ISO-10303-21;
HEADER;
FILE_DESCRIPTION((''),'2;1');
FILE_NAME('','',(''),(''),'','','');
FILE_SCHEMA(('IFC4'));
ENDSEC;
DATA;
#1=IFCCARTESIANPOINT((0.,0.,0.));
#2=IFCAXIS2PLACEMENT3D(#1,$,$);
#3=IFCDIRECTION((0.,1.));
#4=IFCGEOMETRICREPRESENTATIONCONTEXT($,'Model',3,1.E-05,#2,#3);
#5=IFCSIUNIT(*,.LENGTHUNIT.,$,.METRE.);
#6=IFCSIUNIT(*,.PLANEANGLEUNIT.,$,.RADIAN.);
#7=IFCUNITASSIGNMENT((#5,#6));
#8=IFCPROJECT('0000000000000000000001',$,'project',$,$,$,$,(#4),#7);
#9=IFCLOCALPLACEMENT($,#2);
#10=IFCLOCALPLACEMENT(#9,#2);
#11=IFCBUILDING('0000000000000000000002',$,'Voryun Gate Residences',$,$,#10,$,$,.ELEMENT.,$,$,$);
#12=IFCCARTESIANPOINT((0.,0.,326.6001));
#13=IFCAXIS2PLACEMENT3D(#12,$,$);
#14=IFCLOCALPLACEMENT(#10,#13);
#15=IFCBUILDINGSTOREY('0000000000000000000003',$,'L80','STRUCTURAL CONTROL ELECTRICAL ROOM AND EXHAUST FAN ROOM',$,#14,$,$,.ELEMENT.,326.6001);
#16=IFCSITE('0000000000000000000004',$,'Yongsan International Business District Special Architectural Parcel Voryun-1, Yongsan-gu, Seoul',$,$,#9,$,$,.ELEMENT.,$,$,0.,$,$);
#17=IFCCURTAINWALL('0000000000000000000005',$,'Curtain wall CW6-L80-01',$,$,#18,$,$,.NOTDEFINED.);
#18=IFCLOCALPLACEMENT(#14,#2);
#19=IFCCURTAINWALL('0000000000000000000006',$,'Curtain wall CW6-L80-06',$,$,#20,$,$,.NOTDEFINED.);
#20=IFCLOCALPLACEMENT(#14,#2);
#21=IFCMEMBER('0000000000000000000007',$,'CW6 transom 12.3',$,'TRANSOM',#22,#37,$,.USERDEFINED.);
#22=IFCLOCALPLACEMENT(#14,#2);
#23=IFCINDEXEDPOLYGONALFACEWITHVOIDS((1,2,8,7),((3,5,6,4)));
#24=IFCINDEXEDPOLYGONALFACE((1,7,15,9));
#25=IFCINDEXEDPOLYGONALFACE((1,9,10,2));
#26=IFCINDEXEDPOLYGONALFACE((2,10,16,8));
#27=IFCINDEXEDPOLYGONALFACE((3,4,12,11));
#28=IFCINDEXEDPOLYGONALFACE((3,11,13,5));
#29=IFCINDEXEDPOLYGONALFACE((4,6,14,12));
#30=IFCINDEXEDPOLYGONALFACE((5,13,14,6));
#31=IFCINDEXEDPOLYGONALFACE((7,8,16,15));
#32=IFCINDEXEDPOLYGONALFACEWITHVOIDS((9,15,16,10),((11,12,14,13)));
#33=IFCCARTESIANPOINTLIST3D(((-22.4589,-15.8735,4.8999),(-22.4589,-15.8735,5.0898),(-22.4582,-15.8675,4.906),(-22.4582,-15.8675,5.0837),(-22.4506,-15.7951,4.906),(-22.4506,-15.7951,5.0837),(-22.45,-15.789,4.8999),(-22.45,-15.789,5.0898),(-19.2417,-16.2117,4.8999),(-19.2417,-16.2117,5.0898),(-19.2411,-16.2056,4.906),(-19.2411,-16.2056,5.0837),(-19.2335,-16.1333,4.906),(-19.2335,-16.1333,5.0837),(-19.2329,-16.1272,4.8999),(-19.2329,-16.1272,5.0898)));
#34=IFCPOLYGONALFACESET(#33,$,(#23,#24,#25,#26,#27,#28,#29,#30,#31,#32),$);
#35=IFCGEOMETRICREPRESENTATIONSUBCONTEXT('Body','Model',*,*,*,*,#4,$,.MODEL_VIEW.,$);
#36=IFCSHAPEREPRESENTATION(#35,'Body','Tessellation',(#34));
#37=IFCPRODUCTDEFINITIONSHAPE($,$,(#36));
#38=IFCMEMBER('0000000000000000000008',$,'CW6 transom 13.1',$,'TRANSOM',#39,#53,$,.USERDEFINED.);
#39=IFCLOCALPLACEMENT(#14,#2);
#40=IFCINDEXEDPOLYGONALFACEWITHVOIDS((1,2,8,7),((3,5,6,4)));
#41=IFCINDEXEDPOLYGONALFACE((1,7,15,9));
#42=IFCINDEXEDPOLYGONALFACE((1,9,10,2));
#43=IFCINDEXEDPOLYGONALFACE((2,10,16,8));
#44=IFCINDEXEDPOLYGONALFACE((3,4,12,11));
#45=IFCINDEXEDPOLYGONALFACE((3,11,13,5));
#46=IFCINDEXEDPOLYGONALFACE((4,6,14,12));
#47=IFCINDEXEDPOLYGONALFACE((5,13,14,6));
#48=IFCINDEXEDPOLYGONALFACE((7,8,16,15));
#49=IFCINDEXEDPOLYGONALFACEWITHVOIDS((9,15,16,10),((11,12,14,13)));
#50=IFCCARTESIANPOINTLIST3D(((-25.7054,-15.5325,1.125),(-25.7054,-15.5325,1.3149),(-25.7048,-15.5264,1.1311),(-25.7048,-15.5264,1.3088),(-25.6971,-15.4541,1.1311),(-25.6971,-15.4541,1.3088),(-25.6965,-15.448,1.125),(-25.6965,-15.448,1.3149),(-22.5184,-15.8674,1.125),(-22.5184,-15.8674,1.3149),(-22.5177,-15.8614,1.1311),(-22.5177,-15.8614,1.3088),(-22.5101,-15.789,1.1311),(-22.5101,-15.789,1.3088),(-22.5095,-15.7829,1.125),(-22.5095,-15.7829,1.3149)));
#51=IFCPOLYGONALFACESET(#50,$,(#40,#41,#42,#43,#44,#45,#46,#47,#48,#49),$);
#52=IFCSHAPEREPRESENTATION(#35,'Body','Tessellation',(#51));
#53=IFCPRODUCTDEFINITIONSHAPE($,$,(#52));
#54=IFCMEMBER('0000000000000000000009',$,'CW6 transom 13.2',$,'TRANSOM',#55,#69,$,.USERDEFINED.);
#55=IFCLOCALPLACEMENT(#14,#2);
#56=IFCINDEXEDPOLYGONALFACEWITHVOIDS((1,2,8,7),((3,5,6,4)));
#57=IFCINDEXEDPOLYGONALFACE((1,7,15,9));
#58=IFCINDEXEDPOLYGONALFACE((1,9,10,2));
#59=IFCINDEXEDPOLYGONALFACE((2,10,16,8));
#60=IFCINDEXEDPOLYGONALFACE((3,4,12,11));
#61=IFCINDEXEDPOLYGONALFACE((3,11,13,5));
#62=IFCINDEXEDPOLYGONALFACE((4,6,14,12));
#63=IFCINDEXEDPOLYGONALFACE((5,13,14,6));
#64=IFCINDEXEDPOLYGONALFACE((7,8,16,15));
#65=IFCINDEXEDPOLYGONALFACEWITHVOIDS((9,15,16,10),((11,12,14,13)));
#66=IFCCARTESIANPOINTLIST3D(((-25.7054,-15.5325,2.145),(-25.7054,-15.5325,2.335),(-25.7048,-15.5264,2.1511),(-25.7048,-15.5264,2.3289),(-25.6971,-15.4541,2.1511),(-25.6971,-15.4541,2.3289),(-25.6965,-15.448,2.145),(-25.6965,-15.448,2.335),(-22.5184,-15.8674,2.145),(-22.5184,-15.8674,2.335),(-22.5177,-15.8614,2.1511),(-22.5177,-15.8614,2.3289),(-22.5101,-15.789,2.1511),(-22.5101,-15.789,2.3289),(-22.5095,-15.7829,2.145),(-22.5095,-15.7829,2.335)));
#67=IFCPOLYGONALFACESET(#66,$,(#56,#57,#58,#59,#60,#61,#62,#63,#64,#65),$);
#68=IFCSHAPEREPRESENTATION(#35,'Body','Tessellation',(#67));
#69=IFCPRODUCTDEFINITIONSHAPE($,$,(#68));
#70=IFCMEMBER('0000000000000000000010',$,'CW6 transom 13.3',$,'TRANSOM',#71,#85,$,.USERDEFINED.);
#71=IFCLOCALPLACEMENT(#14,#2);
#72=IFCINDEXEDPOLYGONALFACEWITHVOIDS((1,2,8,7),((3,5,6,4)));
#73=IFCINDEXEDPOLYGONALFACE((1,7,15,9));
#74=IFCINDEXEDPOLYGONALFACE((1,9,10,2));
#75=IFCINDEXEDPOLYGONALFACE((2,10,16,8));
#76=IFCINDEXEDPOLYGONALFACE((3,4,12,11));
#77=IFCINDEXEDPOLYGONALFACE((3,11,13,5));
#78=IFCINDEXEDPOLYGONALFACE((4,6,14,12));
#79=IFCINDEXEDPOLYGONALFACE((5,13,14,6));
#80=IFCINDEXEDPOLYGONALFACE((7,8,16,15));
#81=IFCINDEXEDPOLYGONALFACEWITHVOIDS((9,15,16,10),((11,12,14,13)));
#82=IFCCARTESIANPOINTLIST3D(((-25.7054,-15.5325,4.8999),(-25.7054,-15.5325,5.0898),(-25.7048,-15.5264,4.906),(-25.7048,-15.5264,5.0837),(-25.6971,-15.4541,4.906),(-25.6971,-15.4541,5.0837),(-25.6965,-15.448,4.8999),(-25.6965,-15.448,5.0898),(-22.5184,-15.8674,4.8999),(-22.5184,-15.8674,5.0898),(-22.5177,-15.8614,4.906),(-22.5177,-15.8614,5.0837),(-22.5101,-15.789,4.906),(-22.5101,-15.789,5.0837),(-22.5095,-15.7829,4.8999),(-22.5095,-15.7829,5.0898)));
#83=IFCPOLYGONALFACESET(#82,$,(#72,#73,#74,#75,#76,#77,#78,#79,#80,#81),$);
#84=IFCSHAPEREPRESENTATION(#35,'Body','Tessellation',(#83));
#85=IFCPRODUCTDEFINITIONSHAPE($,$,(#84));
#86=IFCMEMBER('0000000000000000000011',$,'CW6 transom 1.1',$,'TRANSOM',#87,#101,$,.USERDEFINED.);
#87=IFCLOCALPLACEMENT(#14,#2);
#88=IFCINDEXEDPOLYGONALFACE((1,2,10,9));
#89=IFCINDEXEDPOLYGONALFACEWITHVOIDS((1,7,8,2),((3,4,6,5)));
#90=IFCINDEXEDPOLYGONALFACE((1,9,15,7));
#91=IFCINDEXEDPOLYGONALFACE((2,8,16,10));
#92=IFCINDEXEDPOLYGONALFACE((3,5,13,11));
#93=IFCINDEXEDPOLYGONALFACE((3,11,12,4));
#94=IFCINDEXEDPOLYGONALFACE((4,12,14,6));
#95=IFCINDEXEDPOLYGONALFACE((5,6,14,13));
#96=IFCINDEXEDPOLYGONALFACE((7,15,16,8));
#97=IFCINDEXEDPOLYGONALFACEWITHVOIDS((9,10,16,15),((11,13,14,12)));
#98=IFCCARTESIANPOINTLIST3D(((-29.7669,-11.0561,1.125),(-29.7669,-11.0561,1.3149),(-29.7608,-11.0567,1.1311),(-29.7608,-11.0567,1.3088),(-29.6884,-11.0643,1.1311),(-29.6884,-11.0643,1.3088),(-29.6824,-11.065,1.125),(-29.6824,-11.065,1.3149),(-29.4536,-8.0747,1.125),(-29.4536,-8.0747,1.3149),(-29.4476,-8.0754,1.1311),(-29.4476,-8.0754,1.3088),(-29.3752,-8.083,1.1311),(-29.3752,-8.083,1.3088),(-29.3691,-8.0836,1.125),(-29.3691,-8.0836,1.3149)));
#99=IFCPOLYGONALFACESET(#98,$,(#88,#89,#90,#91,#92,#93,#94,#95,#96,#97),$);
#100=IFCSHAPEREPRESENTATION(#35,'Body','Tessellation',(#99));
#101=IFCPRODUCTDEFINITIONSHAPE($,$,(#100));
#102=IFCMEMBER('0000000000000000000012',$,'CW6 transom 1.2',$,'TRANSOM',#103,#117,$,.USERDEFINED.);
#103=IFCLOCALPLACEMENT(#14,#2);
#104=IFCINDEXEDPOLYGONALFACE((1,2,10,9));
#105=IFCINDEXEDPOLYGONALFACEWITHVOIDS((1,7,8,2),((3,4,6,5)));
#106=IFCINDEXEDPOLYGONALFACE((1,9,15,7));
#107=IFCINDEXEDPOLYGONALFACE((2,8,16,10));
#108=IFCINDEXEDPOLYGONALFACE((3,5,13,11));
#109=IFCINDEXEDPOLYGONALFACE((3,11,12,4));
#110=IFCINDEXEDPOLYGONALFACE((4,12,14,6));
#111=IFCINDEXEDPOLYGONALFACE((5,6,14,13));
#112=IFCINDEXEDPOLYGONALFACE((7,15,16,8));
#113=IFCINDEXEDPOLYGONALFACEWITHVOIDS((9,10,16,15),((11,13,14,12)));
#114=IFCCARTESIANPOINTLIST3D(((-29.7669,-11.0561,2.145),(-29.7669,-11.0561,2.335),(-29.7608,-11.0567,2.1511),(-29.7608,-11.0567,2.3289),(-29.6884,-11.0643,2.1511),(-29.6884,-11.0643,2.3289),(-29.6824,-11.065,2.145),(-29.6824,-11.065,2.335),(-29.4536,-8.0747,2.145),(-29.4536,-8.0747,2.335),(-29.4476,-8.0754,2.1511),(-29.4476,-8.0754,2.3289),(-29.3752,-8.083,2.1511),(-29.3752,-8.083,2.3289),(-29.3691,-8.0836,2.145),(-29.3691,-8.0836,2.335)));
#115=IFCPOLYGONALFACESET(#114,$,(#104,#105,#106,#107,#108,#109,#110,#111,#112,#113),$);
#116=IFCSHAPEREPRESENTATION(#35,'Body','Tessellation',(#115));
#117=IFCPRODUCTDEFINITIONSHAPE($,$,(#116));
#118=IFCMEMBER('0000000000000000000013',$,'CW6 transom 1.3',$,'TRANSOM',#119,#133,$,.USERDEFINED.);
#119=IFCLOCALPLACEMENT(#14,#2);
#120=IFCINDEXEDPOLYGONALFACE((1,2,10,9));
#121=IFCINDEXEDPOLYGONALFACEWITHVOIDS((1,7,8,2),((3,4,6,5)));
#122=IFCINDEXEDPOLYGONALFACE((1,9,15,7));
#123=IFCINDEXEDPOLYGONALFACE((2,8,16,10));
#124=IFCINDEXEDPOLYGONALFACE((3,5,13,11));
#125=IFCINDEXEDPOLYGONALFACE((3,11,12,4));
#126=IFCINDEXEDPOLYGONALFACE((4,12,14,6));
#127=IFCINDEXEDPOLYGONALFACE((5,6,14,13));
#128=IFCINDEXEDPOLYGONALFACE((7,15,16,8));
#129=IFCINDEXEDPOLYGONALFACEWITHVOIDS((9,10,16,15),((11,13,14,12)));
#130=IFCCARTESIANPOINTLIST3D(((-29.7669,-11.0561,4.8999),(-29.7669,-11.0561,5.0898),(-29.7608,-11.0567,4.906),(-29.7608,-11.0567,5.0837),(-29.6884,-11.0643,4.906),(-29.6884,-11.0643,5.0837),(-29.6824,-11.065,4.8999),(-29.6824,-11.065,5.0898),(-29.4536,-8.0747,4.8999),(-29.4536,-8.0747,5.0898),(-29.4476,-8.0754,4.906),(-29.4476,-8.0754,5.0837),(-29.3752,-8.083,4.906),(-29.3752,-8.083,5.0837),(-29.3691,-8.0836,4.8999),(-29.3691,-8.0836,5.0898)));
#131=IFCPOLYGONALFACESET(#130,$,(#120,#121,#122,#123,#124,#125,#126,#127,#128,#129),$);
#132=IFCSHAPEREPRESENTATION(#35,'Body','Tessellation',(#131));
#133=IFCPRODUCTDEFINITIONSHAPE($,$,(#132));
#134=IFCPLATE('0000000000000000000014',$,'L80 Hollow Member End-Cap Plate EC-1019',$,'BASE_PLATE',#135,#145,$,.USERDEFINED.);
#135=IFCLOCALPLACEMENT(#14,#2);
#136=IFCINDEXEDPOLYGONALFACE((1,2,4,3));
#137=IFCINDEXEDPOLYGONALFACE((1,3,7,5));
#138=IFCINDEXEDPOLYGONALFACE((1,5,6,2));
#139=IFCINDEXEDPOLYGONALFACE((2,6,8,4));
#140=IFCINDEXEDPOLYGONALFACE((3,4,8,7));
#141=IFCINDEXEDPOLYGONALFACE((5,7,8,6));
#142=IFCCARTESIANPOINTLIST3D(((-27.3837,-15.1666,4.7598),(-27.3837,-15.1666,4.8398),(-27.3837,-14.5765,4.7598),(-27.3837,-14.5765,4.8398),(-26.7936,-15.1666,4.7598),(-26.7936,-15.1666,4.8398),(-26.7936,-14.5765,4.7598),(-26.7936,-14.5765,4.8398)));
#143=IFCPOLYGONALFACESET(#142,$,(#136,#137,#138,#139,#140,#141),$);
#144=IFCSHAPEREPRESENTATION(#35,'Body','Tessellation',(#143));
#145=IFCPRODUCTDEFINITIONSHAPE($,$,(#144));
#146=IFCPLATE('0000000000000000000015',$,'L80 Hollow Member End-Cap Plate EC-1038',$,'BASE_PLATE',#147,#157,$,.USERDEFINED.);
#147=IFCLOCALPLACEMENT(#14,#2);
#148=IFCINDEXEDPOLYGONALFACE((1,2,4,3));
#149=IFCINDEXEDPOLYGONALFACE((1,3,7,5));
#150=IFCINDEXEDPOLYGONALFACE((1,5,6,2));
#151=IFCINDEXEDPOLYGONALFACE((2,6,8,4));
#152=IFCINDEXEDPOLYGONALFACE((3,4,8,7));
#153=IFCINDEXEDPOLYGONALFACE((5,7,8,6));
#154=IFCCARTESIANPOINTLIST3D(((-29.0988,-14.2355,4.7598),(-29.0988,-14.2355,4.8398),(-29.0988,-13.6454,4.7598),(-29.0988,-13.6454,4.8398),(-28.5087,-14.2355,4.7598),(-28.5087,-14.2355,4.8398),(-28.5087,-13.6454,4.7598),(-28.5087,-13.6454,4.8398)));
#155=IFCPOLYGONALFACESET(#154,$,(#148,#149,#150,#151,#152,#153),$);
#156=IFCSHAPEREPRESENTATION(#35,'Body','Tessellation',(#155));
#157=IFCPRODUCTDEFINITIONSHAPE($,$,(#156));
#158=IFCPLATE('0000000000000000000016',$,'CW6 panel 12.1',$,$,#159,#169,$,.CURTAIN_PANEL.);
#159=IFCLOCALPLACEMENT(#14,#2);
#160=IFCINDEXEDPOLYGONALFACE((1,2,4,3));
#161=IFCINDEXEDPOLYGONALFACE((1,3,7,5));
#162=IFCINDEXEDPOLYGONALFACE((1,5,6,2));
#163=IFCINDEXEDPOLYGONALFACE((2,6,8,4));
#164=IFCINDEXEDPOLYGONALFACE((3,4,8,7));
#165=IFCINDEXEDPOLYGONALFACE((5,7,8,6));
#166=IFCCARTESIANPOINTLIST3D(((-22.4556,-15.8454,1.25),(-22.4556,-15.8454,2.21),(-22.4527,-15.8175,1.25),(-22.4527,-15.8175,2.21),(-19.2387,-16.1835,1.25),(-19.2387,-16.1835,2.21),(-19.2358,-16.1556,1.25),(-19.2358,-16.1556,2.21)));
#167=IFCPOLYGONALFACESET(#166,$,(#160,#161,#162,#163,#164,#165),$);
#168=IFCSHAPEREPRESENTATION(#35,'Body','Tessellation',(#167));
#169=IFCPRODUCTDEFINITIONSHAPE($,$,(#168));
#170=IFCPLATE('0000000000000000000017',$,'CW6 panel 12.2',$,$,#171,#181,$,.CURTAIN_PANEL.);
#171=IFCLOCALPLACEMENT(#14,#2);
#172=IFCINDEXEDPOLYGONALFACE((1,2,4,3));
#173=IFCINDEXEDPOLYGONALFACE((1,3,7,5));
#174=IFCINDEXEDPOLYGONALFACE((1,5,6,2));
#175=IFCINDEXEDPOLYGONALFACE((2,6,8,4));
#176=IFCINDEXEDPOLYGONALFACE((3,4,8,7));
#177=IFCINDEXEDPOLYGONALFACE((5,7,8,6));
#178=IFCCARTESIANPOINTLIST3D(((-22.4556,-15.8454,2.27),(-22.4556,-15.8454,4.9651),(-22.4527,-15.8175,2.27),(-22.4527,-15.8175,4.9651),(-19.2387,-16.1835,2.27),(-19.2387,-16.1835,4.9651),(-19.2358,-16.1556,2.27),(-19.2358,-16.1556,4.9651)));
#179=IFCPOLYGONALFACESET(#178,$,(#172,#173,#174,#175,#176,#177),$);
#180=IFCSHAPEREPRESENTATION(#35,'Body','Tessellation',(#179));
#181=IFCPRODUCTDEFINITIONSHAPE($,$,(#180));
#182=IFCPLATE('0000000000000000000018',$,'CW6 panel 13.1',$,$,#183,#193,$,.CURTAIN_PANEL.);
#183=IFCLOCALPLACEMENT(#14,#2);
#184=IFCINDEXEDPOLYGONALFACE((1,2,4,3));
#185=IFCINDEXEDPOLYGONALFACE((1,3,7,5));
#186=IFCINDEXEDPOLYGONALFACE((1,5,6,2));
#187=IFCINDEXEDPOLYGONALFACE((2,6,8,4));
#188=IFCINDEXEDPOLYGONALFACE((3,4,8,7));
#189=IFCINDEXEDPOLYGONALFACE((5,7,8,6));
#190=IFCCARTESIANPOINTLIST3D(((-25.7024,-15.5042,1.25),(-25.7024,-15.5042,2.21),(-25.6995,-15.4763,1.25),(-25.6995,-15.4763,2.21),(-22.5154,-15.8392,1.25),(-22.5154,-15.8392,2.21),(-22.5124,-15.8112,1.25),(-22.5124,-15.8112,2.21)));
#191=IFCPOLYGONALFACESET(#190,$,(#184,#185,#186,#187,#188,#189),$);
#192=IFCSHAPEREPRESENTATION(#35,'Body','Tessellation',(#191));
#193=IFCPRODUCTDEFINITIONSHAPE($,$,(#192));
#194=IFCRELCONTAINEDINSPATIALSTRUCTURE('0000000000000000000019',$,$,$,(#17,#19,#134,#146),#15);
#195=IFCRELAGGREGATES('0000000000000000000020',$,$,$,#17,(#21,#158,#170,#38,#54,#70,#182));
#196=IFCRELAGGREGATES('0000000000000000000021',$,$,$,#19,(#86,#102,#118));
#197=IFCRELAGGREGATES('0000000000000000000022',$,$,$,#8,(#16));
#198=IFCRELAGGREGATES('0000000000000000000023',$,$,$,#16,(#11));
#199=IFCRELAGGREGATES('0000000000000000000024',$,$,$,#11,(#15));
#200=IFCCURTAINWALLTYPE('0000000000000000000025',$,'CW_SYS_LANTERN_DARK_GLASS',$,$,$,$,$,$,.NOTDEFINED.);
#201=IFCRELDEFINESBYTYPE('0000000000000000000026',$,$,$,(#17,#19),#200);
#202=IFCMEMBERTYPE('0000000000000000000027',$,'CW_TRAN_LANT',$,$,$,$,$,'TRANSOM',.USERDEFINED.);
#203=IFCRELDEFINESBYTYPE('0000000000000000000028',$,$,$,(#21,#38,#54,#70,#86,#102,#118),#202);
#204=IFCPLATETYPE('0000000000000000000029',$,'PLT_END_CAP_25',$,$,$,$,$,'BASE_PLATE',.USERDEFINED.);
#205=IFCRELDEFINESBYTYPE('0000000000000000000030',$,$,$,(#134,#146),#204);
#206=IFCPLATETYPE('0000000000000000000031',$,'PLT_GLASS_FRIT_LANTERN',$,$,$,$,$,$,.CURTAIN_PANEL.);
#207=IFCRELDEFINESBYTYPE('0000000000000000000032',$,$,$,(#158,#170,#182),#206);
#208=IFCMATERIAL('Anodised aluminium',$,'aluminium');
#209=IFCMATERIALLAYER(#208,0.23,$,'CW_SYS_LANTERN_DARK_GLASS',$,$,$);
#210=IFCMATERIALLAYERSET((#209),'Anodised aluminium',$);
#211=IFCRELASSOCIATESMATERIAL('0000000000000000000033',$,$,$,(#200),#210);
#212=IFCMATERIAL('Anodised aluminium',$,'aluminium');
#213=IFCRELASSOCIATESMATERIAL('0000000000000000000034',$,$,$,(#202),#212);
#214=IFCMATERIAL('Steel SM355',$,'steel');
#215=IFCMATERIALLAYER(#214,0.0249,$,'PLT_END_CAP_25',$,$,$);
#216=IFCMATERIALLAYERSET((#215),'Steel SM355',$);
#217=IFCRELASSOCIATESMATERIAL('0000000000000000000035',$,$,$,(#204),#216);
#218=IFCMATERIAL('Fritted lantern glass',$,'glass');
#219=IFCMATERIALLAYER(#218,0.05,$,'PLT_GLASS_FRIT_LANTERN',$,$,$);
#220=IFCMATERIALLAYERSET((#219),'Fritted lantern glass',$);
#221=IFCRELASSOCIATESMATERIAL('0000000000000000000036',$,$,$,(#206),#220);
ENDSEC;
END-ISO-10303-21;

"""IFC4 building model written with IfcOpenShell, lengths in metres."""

from ifc_helpers import new_model, si_unit, direction, frame, origin, origin_2d, place, context, subcontext, project, spatial, rectangle, hollow_rectangle, extrude, material, layer, layer_set, material_profile, profile_set, type_object, element, aggregate, save


model = new_model("IFC4")

# Units and contexts
model_context = context("Model", 3, precision=1e-05, world=origin(), true_north=direction((0.0, 1.0)))
body_context = subcontext(model_context, "Body", "Model", "MODEL_VIEW")
ifc_project = project(units=[si_unit("LENGTHUNIT", "METRE"), si_unit("PLANEANGLEUNIT", "RADIAN")], contexts=[model_context])

# Site, building, storey
site_placement = place(None, origin())
site = spatial("IfcSite", under=ifc_project, at=site_placement, Name="Yongsan International Business District Special Architectural Parcel Voryun-1, Yongsan-gu, Seoul", CompositionType="ELEMENT", RefElevation=0.0)
building_placement = place(site_placement, origin())
building = spatial("IfcBuilding", under=site, at=building_placement, Name="Voryun Gate Residences", CompositionType="ELEMENT")
storey_placement = place(building_placement, frame((0.0, 0.0, 326.6001)))
storey = spatial("IfcBuildingStorey", under=building, at=storey_placement, Name="L80", Description="STRUCTURAL CONTROL ELECTRICAL ROOM AND EXHAUST FAN ROOM", CompositionType="ELEMENT", Elevation=326.6001)

# Curtain wall
ifc_material_1 = material(Name="Anodised aluminium", Category="aluminium")
ifc_layer_1 = layer(ifc_material_1, 0.23, Name="CW_SYS_LANTERN_DARK_GLASS")
ifc_layer_set_1 = layer_set([ifc_layer_1], Name="Anodised aluminium")
curtain_wall_type = type_object("IfcCurtainWallType", Name="CW_SYS_LANTERN_DARK_GLASS", PredefinedType="NOTDEFINED", material=ifc_layer_set_1)
curtain_wall_1_placement = place(storey_placement, origin())
curtain_wall_1 = element("IfcCurtainWall", 1, at=curtain_wall_1_placement, inside=storey, type_object=curtain_wall_type, Name="Curtain wall CW6-L80-01", PredefinedType="NOTDEFINED")

# Curtain wall
curtain_wall_2_placement = place(storey_placement, origin())
curtain_wall_2 = element("IfcCurtainWall", 2, at=curtain_wall_2_placement, inside=storey, type_object=curtain_wall_type, Name="Curtain wall CW6-L80-06", PredefinedType="NOTDEFINED")

# Members
ifc_material_2 = material(Name="Anodised aluminium", Category="aluminium")
ifc_material_profile_1 = material_profile(ifc_material_2, hollow_rectangle(XDim=0.085, YDim=0.1899, WallThickness=0.0061, at=origin_2d()), Name="ALU-TRAN-190x85x6")
ifc_profile_set_1 = profile_set([ifc_material_profile_1], Name="Anodised aluminium")
member_type_1 = type_object("IfcMemberType", Name="CW_TRAN_LANT", ElementType="TRANSOM", PredefinedType="USERDEFINED", material=ifc_profile_set_1)
member_1_placement = place(storey_placement, frame((-19.2373, -16.1694, 4.9949), z_axis=(-0.994522, 0.104532, 0.0), x_axis=(-0.104532, -0.994522, 0.0)))
member_1 = element("IfcMember", 3, at=member_1_placement, type_object=member_type_1, Name="CW6 transom 12.3", ObjectType="TRANSOM", PredefinedType="USERDEFINED", context=body_context, shape_type="SweptSolid", body=[
    extrude(hollow_rectangle(XDim=0.085, YDim=0.1899, WallThickness=0.0061, at=origin_2d()), origin(), (0.0, 0.0, 1.0), 3.2349),
])
member_2_placement = place(storey_placement, frame((-22.5139, -15.8252, 1.22), z_axis=(-0.994522, 0.104526, 0.0), x_axis=(-0.104526, -0.994522, 0.0)))
member_2 = element("IfcMember", 4, at=member_2_placement, type_object=member_type_1, Name="CW6 transom 13.1", ObjectType="TRANSOM", PredefinedType="USERDEFINED", context=body_context, shape_type="SweptSolid", body=[
    extrude(hollow_rectangle(XDim=0.085, YDim=0.1899, WallThickness=0.0061, at=origin_2d()), origin(), (0.0, 0.0, 1.0), 3.2046),
])
member_3_placement = place(storey_placement, frame((-22.5139, -15.8252, 2.24), z_axis=(-0.994522, 0.104526, 0.0), x_axis=(-0.104526, -0.994522, 0.0)))
member_3 = element("IfcMember", 5, at=member_3_placement, type_object=member_type_1, Name="CW6 transom 13.2", ObjectType="TRANSOM", PredefinedType="USERDEFINED", context=body_context, shape_type="SweptSolid", body=[
    extrude(hollow_rectangle(XDim=0.085, YDim=0.1899, WallThickness=0.0061, at=origin_2d()), origin(), (0.0, 0.0, 1.0), 3.2046),
])
member_4_placement = place(storey_placement, frame((-22.5139, -15.8252, 4.9949), z_axis=(-0.994522, 0.104526, 0.0), x_axis=(-0.104526, -0.994522, 0.0)))
member_4 = element("IfcMember", 6, at=member_4_placement, type_object=member_type_1, Name="CW6 transom 13.3", ObjectType="TRANSOM", PredefinedType="USERDEFINED", context=body_context, shape_type="SweptSolid", body=[
    extrude(hollow_rectangle(XDim=0.085, YDim=0.1899, WallThickness=0.0061, at=origin_2d()), origin(), (0.0, 0.0, 1.0), 3.2046),
])
member_5_placement = place(storey_placement, frame((-29.7246, -11.0605, 1.22), z_axis=(0.104486, 0.994526, 0.0), x_axis=(-0.994526, 0.104486, 0.0)))
member_5 = element("IfcMember", 7, at=member_5_placement, type_object=member_type_1, Name="CW6 transom 1.1", ObjectType="TRANSOM", PredefinedType="USERDEFINED", context=body_context, shape_type="SweptSolid", body=[
    extrude(hollow_rectangle(XDim=0.085, YDim=0.1899, WallThickness=0.0061, at=origin_2d()), origin(), (0.0, 0.0, 1.0), 2.9978),
])
member_6_placement = place(storey_placement, frame((-29.7246, -11.0605, 2.24), z_axis=(0.104486, 0.994526, 0.0), x_axis=(-0.994526, 0.104486, 0.0)))
member_6 = element("IfcMember", 8, at=member_6_placement, type_object=member_type_1, Name="CW6 transom 1.2", ObjectType="TRANSOM", PredefinedType="USERDEFINED", context=body_context, shape_type="SweptSolid", body=[
    extrude(hollow_rectangle(XDim=0.085, YDim=0.1899, WallThickness=0.0061, at=origin_2d()), origin(), (0.0, 0.0, 1.0), 2.9978),
])
member_7_placement = place(storey_placement, frame((-29.7246, -11.0605, 4.9949), z_axis=(0.104486, 0.994526, 0.0), x_axis=(-0.994526, 0.104486, 0.0)))
member_7 = element("IfcMember", 9, at=member_7_placement, type_object=member_type_1, Name="CW6 transom 1.3", ObjectType="TRANSOM", PredefinedType="USERDEFINED", context=body_context, shape_type="SweptSolid", body=[
    extrude(hollow_rectangle(XDim=0.085, YDim=0.1899, WallThickness=0.0061, at=origin_2d()), origin(), (0.0, 0.0, 1.0), 2.9978),
])

# Plates
ifc_material_3 = material(Name="Steel SM355", Category="steel")
ifc_layer_2 = layer(ifc_material_3, 0.0249, Name="PLT_END_CAP_25")
ifc_layer_set_2 = layer_set([ifc_layer_2], Name="Steel SM355")
plate_type_1 = type_object("IfcPlateType", Name="PLT_END_CAP_25", ElementType="BASE_PLATE", PredefinedType="USERDEFINED", material=ifc_layer_set_2)
for number, where, z_axis, x_axis, name in (
    (10, (-27.0886, -14.8716, 4.7598), (0.0, 0.0, 1.0), (1.0, 0.0, 0.0), "L80 Hollow Member End-Cap Plate EC-1019"),
    (11, (-28.8037, -13.9404, 4.7598), (0.0, 0.0, 1.0), (1.0, 0.0, 0.0), "L80 Hollow Member End-Cap Plate EC-1038"),
):
    element("IfcPlate", number, at=place(storey_placement, frame(where, z_axis=z_axis, x_axis=x_axis)), inside=storey, type_object=plate_type_1, Name=name, ObjectType="BASE_PLATE", PredefinedType="USERDEFINED", context=body_context, shape_type="SweptSolid", body=[
        extrude(rectangle(XDim=0.5901, YDim=0.5901, at=origin_2d()), origin(), (0.0, 0.0, 1.0), 0.0801),
    ])

# Plates
ifc_material_4 = material(Name="Fritted lantern glass", Category="glass")
ifc_layer_3 = layer(ifc_material_4, 0.05, Name="PLT_GLASS_FRIT_LANTERN")
ifc_layer_set_3 = layer_set([ifc_layer_3], Name="Fritted lantern glass")
plate_type_2 = type_object("IfcPlateType", Name="PLT_GLASS_FRIT_LANTERN", PredefinedType="CURTAIN_PANEL", material=ifc_layer_set_3)
plate_1_placement = place(storey_placement, frame((-20.8457, -16.0005, 1.25), z_axis=(0.0, 0.0, 1.0), x_axis=(-0.994522, 0.104528, 0.0)))
plate_1 = element("IfcPlate", 12, at=plate_1_placement, type_object=plate_type_2, Name="CW6 panel 12.1", PredefinedType="CURTAIN_PANEL", context=body_context, shape_type="SweptSolid", body=[
    extrude(rectangle(XDim=3.2346, YDim=0.0281, at=origin_2d()), origin(), (0.0, 0.0, 1.0), 0.96),
])
plate_2_placement = place(storey_placement, frame((-20.8457, -16.0005, 2.27), z_axis=(0.0, 0.0, 1.0), x_axis=(-0.994522, 0.104528, 0.0)))
plate_2 = element("IfcPlate", 13, at=plate_2_placement, type_object=plate_type_2, Name="CW6 panel 12.2", PredefinedType="CURTAIN_PANEL", context=body_context, shape_type="SweptSolid", body=[
    extrude(rectangle(XDim=3.2346, YDim=0.0281, at=origin_2d()), origin(), (0.0, 0.0, 1.0), 2.6951),
])
plate_3_placement = place(storey_placement, frame((-24.1074, -15.6577, 1.25), z_axis=(0.0, 0.0, 1.0), x_axis=(-0.994522, 0.104528, 0.0)))
plate_3 = element("IfcPlate", 14, at=plate_3_placement, type_object=plate_type_2, Name="CW6 panel 13.1", PredefinedType="CURTAIN_PANEL", context=body_context, shape_type="SweptSolid", body=[
    extrude(rectangle(XDim=3.2046, YDim=0.0281, at=origin_2d()), origin(), (0.0, 0.0, 1.0), 0.96),
])
aggregate(curtain_wall_1, [member_1, plate_1, plate_2, member_2, member_3, member_4, plate_3])
aggregate(curtain_wall_2, [member_5, member_6, member_7])

save(model, "model.ifc")
